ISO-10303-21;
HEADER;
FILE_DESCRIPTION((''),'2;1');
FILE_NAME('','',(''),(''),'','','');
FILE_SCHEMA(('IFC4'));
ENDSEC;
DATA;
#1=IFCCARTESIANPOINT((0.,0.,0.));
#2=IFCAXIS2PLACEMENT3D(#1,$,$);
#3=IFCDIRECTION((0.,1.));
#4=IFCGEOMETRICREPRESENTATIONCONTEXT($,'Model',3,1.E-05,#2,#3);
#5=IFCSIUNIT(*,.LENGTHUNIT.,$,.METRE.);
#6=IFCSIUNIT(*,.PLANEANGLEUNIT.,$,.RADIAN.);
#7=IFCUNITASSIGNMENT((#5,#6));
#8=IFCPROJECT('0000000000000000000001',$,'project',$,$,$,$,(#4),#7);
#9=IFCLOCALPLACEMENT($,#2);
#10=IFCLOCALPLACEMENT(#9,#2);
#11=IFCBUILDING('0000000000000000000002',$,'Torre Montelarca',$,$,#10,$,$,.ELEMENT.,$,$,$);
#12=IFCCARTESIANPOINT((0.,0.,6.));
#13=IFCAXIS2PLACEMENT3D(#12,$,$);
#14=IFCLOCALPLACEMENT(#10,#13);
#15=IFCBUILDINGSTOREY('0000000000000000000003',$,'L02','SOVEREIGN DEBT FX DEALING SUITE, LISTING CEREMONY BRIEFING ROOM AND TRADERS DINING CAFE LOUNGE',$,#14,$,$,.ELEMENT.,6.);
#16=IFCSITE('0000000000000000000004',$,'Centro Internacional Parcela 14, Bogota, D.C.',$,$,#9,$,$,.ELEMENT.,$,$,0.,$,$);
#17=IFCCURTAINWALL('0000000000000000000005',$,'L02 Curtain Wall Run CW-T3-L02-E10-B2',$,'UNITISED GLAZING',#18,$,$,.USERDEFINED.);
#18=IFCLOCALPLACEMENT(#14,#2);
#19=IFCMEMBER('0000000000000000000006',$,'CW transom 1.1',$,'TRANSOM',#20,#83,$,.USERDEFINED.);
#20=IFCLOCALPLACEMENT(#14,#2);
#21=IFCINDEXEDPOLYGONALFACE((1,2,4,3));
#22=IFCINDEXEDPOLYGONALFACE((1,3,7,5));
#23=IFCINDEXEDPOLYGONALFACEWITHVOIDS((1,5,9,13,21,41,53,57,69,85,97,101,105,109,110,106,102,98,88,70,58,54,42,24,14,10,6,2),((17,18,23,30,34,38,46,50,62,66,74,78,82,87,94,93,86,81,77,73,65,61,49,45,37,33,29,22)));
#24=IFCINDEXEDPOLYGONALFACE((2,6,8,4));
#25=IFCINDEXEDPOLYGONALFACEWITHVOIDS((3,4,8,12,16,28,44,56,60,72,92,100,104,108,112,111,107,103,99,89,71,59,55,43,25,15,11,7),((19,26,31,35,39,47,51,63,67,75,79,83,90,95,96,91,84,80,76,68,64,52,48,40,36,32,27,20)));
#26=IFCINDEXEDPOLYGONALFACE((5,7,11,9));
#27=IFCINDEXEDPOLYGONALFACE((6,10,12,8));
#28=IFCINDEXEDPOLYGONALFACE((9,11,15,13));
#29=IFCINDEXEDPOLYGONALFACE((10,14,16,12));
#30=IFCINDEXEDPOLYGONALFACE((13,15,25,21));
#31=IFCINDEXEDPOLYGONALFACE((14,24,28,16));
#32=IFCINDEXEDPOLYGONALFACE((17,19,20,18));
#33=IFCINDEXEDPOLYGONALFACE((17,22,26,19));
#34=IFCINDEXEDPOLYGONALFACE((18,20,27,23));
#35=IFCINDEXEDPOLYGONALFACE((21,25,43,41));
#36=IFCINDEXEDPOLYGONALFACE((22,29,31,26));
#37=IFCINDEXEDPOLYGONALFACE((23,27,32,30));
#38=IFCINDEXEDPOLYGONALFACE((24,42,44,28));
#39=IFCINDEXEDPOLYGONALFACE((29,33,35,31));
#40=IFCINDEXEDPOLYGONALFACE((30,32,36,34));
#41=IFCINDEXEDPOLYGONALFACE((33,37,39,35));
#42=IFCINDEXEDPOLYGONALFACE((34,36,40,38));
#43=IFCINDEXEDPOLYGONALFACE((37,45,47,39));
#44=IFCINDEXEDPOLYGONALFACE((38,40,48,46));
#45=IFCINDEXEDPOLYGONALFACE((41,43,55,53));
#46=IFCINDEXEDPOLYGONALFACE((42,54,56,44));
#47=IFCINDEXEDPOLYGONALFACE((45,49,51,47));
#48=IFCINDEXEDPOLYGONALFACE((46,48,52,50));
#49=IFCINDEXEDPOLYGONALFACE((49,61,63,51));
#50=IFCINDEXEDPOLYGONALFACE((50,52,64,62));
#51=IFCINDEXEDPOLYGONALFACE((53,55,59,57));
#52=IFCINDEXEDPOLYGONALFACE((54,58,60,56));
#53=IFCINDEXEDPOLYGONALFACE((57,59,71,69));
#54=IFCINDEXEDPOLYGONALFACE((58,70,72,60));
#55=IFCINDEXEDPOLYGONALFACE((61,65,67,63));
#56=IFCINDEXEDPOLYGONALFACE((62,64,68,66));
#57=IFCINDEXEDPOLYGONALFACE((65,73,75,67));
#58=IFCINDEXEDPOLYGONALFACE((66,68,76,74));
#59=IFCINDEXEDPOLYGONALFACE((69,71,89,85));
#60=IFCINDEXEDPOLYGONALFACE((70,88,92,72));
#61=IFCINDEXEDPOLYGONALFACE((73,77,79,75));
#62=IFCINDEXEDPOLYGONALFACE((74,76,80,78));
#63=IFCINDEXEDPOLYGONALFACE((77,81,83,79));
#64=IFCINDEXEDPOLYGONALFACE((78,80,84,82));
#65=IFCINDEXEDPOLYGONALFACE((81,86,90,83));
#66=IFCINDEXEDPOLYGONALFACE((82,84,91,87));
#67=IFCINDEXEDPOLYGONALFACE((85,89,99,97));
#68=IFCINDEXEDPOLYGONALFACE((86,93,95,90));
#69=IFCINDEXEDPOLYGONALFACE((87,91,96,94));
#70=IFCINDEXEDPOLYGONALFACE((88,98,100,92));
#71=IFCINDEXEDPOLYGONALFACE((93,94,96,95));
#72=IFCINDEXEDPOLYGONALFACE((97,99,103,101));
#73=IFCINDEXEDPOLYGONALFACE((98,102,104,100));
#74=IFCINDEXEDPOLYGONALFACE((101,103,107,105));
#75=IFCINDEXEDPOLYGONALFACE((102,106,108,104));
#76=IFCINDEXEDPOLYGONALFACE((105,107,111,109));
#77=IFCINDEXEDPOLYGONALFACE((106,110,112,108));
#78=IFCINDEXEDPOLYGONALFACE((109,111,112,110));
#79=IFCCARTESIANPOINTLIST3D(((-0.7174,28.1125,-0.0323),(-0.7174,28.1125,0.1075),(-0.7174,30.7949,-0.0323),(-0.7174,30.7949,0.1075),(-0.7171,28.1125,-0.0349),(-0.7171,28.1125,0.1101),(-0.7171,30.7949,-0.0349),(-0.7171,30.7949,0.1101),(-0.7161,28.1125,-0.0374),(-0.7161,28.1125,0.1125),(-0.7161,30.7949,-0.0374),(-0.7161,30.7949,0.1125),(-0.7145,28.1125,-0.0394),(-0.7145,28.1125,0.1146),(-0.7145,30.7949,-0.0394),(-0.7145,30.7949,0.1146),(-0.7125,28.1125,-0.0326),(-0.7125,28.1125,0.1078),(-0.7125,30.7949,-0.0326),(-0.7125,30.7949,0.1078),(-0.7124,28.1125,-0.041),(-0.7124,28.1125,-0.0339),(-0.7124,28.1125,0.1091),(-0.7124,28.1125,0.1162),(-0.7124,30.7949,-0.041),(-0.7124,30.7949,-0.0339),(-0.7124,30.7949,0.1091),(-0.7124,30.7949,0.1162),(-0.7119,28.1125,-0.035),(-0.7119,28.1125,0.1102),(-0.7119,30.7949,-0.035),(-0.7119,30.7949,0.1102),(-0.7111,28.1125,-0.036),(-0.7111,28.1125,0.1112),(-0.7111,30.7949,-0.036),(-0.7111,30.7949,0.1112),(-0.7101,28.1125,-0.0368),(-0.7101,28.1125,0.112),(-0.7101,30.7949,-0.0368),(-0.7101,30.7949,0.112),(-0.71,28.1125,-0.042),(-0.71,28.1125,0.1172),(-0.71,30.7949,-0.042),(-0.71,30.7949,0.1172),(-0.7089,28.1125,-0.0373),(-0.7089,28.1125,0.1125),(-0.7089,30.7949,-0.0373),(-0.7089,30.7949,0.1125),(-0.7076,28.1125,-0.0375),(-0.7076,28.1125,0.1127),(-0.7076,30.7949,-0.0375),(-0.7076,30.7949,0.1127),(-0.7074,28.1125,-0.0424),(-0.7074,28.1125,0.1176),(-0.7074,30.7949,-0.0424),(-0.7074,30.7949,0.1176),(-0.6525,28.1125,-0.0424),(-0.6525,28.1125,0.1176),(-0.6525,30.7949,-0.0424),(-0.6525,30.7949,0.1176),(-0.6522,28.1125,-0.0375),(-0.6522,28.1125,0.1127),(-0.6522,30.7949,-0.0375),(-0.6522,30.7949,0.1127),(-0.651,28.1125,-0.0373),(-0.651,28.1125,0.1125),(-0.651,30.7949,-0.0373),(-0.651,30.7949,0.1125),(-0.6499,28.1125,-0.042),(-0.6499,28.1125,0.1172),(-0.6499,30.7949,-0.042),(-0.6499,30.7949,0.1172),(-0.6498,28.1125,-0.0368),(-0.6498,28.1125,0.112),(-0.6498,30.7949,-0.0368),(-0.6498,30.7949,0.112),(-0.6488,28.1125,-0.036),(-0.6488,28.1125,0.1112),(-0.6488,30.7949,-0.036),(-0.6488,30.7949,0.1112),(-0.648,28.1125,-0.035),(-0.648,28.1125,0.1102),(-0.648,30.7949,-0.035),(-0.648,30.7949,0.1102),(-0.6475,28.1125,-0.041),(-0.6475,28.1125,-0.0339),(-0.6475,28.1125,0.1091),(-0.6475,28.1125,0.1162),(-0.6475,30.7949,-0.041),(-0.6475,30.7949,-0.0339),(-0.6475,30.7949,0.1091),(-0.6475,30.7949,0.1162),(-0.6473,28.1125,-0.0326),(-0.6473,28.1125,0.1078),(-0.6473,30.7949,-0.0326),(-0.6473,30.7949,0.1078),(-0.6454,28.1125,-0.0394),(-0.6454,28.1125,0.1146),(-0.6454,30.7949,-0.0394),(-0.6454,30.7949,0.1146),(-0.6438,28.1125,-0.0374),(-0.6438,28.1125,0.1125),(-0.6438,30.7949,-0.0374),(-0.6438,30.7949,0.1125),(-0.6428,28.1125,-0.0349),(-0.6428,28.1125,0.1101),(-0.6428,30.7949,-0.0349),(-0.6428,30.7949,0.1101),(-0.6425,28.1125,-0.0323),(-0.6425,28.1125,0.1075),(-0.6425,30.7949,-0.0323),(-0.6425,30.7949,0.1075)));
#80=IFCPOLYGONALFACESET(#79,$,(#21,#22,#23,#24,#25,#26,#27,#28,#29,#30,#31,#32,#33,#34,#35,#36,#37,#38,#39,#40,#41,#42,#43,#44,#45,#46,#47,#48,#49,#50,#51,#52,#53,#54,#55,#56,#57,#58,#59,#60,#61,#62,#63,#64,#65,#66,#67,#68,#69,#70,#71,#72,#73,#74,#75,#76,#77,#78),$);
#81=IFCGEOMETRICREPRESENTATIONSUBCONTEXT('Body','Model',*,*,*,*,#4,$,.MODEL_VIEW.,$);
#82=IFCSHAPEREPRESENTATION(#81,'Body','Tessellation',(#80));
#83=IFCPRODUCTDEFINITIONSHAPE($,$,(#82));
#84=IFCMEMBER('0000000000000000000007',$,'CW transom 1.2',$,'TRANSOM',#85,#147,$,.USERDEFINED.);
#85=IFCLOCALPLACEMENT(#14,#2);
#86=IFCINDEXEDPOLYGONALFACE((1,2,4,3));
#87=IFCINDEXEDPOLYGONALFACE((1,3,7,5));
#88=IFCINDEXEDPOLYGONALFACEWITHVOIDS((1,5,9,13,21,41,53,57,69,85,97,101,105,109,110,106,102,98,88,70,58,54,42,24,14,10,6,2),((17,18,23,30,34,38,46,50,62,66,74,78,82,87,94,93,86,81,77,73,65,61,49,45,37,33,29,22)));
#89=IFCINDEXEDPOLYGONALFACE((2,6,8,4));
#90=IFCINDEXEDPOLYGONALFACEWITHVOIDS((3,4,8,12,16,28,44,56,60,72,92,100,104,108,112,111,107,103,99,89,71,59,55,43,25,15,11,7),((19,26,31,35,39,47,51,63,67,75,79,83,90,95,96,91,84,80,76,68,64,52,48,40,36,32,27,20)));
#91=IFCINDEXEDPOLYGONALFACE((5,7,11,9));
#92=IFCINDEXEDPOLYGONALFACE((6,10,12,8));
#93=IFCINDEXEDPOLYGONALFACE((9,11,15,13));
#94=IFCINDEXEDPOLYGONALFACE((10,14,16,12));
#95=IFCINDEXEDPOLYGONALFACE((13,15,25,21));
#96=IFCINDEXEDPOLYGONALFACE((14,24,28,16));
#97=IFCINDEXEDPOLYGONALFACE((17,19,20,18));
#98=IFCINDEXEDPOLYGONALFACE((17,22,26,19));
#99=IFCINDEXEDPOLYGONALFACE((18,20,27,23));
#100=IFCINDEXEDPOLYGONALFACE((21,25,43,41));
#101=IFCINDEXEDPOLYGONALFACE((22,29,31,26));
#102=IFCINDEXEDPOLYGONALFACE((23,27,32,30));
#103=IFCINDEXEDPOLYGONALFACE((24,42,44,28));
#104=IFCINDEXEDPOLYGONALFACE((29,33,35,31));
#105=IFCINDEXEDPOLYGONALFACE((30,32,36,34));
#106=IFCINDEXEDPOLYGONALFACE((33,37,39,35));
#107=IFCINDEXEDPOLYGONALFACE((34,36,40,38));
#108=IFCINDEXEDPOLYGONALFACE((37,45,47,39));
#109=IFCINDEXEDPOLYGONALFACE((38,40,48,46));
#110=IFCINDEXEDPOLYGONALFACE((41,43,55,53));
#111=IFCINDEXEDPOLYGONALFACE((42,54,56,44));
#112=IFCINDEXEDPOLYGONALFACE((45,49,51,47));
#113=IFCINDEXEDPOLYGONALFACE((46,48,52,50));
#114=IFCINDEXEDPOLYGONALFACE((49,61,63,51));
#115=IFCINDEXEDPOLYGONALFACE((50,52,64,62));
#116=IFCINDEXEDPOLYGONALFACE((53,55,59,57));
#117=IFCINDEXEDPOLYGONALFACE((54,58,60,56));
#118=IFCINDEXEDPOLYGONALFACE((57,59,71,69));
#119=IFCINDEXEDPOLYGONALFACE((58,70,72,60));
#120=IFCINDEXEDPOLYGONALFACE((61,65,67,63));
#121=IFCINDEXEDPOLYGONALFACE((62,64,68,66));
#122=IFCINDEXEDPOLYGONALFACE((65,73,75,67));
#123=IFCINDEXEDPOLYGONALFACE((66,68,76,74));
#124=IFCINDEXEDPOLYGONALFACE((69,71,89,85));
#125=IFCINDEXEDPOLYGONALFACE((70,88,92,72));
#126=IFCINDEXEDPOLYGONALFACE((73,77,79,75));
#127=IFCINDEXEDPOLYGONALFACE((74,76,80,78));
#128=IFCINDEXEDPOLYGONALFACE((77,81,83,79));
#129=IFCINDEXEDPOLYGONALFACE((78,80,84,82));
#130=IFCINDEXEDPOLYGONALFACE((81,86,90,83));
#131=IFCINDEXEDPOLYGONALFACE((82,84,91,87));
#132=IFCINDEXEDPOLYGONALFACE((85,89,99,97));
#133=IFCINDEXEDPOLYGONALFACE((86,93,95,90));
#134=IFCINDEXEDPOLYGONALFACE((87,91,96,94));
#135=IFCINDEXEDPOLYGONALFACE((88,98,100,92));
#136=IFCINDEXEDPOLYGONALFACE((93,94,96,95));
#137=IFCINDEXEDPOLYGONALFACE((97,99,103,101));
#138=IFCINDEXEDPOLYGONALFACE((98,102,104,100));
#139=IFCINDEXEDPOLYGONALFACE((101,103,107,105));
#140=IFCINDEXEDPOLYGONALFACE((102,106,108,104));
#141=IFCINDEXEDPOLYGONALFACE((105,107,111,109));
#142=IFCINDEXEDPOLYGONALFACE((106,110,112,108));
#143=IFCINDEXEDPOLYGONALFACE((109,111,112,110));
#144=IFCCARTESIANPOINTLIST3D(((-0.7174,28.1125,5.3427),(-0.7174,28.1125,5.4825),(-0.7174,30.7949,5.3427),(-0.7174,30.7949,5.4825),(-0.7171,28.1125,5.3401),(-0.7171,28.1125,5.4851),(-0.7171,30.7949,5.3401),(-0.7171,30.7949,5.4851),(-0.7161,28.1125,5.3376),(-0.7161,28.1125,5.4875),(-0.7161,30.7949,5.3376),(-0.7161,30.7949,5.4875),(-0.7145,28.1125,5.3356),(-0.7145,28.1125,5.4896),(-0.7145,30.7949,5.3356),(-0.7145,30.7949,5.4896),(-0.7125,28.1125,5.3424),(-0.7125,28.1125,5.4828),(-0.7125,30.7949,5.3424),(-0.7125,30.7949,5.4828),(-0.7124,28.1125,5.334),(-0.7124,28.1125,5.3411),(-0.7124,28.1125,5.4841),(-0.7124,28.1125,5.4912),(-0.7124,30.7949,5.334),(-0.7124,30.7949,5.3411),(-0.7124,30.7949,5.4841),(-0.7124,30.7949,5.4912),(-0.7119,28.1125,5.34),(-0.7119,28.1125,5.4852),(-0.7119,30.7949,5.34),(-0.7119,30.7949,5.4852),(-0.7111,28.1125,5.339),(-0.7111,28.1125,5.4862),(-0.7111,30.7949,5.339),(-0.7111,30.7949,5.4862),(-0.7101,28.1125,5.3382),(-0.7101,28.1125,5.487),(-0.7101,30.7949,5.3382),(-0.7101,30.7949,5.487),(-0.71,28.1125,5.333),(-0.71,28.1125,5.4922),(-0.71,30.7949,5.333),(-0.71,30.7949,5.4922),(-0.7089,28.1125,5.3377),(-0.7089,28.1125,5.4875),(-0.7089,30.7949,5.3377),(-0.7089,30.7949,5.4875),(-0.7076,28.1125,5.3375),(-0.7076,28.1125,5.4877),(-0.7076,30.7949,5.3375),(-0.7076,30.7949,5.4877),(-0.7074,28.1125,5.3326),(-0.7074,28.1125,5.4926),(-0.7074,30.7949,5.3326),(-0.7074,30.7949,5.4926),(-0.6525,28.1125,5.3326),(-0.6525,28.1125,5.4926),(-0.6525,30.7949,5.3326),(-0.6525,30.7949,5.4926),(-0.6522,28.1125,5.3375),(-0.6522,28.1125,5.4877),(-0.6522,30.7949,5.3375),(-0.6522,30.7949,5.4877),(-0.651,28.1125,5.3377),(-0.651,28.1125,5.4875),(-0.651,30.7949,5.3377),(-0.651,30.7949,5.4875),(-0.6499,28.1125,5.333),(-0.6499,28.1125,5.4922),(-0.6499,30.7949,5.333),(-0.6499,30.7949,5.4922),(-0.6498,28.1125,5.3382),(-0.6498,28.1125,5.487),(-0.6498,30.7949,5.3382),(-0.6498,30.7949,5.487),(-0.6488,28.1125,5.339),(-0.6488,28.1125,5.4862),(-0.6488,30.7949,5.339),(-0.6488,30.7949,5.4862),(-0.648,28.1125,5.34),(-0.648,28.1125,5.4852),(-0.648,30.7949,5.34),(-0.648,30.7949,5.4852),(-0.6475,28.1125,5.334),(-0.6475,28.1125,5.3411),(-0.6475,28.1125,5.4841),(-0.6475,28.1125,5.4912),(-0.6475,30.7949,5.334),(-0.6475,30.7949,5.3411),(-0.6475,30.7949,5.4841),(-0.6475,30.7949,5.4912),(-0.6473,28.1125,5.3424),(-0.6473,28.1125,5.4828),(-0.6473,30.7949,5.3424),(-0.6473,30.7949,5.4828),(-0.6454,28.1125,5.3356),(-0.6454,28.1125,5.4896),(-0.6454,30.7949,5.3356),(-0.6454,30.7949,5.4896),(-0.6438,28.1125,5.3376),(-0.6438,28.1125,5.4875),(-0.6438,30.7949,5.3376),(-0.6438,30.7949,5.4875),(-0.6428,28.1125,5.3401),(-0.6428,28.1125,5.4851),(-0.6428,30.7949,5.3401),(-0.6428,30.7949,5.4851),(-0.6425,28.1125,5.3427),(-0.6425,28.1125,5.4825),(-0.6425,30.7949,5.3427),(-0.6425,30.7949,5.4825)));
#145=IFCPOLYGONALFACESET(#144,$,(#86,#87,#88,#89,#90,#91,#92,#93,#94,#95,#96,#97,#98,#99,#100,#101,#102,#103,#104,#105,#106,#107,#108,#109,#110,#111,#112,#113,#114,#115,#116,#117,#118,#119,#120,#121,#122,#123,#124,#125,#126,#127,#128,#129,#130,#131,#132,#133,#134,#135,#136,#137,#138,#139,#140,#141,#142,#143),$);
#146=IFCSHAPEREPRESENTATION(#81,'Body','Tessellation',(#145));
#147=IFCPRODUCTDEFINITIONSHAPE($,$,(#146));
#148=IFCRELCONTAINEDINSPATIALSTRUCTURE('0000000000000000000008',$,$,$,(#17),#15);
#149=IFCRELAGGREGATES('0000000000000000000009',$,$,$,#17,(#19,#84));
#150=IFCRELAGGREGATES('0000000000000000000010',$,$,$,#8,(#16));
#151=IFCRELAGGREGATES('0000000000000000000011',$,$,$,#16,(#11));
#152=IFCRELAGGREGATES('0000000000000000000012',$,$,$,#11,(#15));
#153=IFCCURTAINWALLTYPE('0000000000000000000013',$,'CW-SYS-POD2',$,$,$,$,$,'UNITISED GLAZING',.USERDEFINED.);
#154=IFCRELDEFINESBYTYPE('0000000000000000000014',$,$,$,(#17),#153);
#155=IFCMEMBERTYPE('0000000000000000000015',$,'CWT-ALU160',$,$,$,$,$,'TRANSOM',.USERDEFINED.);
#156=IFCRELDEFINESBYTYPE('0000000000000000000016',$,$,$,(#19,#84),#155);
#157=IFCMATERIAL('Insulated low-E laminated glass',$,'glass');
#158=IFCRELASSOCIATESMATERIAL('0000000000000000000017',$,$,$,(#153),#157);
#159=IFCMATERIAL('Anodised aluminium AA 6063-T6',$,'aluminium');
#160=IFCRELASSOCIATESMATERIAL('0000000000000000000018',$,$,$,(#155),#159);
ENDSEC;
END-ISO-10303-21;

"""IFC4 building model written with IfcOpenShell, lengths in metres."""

from ifc_helpers import new_model, si_unit, direction, frame, origin, origin_2d, place, context, subcontext, project, spatial, hollow_rectangle, extrude, source, transform, mapped, material, material_profile, profile_set, type_object, element, aggregate, save


model = new_model("IFC4")

# Units and contexts
model_context = context("Model", 3, precision=1e-05, world=origin(), true_north=direction((0.0, 1.0)))
body_context = subcontext(model_context, "Body", "Model", "MODEL_VIEW")
ifc_project = project(units=[si_unit("LENGTHUNIT", "METRE"), si_unit("PLANEANGLEUNIT", "RADIAN")], contexts=[model_context])

# Site, building, storey
site_placement = place(None, origin())
site = spatial("IfcSite", under=ifc_project, at=site_placement, Name="Centro Internacional Parcela 14, Bogota, D.C.", CompositionType="ELEMENT", RefElevation=0.0)
building_placement = place(site_placement, origin())
building = spatial("IfcBuilding", under=site, at=building_placement, Name="Torre Montelarca", CompositionType="ELEMENT")
storey_placement = place(building_placement, frame((0.0, 0.0, 6.0)))
storey = spatial("IfcBuildingStorey", under=building, at=storey_placement, Name="L02", Description="SOVEREIGN DEBT FX DEALING SUITE, LISTING CEREMONY BRIEFING ROOM AND TRADERS DINING CAFE LOUNGE", CompositionType="ELEMENT", Elevation=6.0)

# Curtain wall
ifc_material_1 = material(Name="Insulated low-E laminated glass", Category="glass")
curtain_wall_type = type_object("IfcCurtainWallType", Name="CW-SYS-POD2", ElementType="UNITISED GLAZING", PredefinedType="USERDEFINED", material=ifc_material_1)
ifc_material_2 = material(Name="Anodised aluminium AA 6063-T6", Category="aluminium")
curtain_wall_1_placement = place(storey_placement, origin())
curtain_wall_1 = element("IfcCurtainWall", 1, at=curtain_wall_1_placement, inside=storey, type_object=curtain_wall_type, Name="L02 Curtain Wall Run CW-T3-L02-E10-B2", ObjectType="UNITISED GLAZING", PredefinedType="USERDEFINED")

# Members
ifc_material_profile_1 = material_profile(ifc_material_2, hollow_rectangle(XDim=0.075, YDim=0.1599, WallThickness=0.0049, InnerFilletRadius=0.0049, OuterFilletRadius=0.01, at=origin_2d()), Name="ALU75X160X5", Category="aluminium")
ifc_profile_set_1 = profile_set([ifc_material_profile_1], Name="Anodised aluminium AA 6063-T6")
member_type_1 = type_object("IfcMemberType", Name="CWT-ALU160", ElementType="TRANSOM", PredefinedType="USERDEFINED", material=ifc_profile_set_1)
shared_shape_1 = source(origin(), body_context, "Body", "SweptSolid", [
    extrude(hollow_rectangle(XDim=0.075, YDim=0.1599, WallThickness=0.0049, InnerFilletRadius=0.0049, OuterFilletRadius=0.01, at=origin_2d()), origin(), (0.0, 0.0, 1.0), 2.6824),
])
member_1_placement = place(storey_placement, frame((-0.6799, 30.7949, 0.0376), z_axis=(0.0, -1.0, 0.0), x_axis=(1.0, 0.0, 0.0)))
member_1 = element("IfcMember", 2, at=member_1_placement, type_object=member_type_1, Name="CW transom 1.1", ObjectType="TRANSOM", PredefinedType="USERDEFINED", context=body_context, shape_type="MappedRepresentation", body=[
    mapped(shared_shape_1, transform((0.0, 0.0, 0.0), scale=1.0)),
])
member_2_placement = place(storey_placement, frame((-0.6799, 30.7949, 5.4126), z_axis=(0.0, -1.0, 0.0), x_axis=(1.0, 0.0, 0.0)))
member_2 = element("IfcMember", 3, at=member_2_placement, type_object=member_type_1, Name="CW transom 1.2", ObjectType="TRANSOM", PredefinedType="USERDEFINED", context=body_context, shape_type="MappedRepresentation", body=[
    mapped(shared_shape_1, transform((0.0, 0.0, 0.0), scale=1.0)),
])

aggregate(curtain_wall_1, [member_1, member_2])

save(model, "model.ifc")
